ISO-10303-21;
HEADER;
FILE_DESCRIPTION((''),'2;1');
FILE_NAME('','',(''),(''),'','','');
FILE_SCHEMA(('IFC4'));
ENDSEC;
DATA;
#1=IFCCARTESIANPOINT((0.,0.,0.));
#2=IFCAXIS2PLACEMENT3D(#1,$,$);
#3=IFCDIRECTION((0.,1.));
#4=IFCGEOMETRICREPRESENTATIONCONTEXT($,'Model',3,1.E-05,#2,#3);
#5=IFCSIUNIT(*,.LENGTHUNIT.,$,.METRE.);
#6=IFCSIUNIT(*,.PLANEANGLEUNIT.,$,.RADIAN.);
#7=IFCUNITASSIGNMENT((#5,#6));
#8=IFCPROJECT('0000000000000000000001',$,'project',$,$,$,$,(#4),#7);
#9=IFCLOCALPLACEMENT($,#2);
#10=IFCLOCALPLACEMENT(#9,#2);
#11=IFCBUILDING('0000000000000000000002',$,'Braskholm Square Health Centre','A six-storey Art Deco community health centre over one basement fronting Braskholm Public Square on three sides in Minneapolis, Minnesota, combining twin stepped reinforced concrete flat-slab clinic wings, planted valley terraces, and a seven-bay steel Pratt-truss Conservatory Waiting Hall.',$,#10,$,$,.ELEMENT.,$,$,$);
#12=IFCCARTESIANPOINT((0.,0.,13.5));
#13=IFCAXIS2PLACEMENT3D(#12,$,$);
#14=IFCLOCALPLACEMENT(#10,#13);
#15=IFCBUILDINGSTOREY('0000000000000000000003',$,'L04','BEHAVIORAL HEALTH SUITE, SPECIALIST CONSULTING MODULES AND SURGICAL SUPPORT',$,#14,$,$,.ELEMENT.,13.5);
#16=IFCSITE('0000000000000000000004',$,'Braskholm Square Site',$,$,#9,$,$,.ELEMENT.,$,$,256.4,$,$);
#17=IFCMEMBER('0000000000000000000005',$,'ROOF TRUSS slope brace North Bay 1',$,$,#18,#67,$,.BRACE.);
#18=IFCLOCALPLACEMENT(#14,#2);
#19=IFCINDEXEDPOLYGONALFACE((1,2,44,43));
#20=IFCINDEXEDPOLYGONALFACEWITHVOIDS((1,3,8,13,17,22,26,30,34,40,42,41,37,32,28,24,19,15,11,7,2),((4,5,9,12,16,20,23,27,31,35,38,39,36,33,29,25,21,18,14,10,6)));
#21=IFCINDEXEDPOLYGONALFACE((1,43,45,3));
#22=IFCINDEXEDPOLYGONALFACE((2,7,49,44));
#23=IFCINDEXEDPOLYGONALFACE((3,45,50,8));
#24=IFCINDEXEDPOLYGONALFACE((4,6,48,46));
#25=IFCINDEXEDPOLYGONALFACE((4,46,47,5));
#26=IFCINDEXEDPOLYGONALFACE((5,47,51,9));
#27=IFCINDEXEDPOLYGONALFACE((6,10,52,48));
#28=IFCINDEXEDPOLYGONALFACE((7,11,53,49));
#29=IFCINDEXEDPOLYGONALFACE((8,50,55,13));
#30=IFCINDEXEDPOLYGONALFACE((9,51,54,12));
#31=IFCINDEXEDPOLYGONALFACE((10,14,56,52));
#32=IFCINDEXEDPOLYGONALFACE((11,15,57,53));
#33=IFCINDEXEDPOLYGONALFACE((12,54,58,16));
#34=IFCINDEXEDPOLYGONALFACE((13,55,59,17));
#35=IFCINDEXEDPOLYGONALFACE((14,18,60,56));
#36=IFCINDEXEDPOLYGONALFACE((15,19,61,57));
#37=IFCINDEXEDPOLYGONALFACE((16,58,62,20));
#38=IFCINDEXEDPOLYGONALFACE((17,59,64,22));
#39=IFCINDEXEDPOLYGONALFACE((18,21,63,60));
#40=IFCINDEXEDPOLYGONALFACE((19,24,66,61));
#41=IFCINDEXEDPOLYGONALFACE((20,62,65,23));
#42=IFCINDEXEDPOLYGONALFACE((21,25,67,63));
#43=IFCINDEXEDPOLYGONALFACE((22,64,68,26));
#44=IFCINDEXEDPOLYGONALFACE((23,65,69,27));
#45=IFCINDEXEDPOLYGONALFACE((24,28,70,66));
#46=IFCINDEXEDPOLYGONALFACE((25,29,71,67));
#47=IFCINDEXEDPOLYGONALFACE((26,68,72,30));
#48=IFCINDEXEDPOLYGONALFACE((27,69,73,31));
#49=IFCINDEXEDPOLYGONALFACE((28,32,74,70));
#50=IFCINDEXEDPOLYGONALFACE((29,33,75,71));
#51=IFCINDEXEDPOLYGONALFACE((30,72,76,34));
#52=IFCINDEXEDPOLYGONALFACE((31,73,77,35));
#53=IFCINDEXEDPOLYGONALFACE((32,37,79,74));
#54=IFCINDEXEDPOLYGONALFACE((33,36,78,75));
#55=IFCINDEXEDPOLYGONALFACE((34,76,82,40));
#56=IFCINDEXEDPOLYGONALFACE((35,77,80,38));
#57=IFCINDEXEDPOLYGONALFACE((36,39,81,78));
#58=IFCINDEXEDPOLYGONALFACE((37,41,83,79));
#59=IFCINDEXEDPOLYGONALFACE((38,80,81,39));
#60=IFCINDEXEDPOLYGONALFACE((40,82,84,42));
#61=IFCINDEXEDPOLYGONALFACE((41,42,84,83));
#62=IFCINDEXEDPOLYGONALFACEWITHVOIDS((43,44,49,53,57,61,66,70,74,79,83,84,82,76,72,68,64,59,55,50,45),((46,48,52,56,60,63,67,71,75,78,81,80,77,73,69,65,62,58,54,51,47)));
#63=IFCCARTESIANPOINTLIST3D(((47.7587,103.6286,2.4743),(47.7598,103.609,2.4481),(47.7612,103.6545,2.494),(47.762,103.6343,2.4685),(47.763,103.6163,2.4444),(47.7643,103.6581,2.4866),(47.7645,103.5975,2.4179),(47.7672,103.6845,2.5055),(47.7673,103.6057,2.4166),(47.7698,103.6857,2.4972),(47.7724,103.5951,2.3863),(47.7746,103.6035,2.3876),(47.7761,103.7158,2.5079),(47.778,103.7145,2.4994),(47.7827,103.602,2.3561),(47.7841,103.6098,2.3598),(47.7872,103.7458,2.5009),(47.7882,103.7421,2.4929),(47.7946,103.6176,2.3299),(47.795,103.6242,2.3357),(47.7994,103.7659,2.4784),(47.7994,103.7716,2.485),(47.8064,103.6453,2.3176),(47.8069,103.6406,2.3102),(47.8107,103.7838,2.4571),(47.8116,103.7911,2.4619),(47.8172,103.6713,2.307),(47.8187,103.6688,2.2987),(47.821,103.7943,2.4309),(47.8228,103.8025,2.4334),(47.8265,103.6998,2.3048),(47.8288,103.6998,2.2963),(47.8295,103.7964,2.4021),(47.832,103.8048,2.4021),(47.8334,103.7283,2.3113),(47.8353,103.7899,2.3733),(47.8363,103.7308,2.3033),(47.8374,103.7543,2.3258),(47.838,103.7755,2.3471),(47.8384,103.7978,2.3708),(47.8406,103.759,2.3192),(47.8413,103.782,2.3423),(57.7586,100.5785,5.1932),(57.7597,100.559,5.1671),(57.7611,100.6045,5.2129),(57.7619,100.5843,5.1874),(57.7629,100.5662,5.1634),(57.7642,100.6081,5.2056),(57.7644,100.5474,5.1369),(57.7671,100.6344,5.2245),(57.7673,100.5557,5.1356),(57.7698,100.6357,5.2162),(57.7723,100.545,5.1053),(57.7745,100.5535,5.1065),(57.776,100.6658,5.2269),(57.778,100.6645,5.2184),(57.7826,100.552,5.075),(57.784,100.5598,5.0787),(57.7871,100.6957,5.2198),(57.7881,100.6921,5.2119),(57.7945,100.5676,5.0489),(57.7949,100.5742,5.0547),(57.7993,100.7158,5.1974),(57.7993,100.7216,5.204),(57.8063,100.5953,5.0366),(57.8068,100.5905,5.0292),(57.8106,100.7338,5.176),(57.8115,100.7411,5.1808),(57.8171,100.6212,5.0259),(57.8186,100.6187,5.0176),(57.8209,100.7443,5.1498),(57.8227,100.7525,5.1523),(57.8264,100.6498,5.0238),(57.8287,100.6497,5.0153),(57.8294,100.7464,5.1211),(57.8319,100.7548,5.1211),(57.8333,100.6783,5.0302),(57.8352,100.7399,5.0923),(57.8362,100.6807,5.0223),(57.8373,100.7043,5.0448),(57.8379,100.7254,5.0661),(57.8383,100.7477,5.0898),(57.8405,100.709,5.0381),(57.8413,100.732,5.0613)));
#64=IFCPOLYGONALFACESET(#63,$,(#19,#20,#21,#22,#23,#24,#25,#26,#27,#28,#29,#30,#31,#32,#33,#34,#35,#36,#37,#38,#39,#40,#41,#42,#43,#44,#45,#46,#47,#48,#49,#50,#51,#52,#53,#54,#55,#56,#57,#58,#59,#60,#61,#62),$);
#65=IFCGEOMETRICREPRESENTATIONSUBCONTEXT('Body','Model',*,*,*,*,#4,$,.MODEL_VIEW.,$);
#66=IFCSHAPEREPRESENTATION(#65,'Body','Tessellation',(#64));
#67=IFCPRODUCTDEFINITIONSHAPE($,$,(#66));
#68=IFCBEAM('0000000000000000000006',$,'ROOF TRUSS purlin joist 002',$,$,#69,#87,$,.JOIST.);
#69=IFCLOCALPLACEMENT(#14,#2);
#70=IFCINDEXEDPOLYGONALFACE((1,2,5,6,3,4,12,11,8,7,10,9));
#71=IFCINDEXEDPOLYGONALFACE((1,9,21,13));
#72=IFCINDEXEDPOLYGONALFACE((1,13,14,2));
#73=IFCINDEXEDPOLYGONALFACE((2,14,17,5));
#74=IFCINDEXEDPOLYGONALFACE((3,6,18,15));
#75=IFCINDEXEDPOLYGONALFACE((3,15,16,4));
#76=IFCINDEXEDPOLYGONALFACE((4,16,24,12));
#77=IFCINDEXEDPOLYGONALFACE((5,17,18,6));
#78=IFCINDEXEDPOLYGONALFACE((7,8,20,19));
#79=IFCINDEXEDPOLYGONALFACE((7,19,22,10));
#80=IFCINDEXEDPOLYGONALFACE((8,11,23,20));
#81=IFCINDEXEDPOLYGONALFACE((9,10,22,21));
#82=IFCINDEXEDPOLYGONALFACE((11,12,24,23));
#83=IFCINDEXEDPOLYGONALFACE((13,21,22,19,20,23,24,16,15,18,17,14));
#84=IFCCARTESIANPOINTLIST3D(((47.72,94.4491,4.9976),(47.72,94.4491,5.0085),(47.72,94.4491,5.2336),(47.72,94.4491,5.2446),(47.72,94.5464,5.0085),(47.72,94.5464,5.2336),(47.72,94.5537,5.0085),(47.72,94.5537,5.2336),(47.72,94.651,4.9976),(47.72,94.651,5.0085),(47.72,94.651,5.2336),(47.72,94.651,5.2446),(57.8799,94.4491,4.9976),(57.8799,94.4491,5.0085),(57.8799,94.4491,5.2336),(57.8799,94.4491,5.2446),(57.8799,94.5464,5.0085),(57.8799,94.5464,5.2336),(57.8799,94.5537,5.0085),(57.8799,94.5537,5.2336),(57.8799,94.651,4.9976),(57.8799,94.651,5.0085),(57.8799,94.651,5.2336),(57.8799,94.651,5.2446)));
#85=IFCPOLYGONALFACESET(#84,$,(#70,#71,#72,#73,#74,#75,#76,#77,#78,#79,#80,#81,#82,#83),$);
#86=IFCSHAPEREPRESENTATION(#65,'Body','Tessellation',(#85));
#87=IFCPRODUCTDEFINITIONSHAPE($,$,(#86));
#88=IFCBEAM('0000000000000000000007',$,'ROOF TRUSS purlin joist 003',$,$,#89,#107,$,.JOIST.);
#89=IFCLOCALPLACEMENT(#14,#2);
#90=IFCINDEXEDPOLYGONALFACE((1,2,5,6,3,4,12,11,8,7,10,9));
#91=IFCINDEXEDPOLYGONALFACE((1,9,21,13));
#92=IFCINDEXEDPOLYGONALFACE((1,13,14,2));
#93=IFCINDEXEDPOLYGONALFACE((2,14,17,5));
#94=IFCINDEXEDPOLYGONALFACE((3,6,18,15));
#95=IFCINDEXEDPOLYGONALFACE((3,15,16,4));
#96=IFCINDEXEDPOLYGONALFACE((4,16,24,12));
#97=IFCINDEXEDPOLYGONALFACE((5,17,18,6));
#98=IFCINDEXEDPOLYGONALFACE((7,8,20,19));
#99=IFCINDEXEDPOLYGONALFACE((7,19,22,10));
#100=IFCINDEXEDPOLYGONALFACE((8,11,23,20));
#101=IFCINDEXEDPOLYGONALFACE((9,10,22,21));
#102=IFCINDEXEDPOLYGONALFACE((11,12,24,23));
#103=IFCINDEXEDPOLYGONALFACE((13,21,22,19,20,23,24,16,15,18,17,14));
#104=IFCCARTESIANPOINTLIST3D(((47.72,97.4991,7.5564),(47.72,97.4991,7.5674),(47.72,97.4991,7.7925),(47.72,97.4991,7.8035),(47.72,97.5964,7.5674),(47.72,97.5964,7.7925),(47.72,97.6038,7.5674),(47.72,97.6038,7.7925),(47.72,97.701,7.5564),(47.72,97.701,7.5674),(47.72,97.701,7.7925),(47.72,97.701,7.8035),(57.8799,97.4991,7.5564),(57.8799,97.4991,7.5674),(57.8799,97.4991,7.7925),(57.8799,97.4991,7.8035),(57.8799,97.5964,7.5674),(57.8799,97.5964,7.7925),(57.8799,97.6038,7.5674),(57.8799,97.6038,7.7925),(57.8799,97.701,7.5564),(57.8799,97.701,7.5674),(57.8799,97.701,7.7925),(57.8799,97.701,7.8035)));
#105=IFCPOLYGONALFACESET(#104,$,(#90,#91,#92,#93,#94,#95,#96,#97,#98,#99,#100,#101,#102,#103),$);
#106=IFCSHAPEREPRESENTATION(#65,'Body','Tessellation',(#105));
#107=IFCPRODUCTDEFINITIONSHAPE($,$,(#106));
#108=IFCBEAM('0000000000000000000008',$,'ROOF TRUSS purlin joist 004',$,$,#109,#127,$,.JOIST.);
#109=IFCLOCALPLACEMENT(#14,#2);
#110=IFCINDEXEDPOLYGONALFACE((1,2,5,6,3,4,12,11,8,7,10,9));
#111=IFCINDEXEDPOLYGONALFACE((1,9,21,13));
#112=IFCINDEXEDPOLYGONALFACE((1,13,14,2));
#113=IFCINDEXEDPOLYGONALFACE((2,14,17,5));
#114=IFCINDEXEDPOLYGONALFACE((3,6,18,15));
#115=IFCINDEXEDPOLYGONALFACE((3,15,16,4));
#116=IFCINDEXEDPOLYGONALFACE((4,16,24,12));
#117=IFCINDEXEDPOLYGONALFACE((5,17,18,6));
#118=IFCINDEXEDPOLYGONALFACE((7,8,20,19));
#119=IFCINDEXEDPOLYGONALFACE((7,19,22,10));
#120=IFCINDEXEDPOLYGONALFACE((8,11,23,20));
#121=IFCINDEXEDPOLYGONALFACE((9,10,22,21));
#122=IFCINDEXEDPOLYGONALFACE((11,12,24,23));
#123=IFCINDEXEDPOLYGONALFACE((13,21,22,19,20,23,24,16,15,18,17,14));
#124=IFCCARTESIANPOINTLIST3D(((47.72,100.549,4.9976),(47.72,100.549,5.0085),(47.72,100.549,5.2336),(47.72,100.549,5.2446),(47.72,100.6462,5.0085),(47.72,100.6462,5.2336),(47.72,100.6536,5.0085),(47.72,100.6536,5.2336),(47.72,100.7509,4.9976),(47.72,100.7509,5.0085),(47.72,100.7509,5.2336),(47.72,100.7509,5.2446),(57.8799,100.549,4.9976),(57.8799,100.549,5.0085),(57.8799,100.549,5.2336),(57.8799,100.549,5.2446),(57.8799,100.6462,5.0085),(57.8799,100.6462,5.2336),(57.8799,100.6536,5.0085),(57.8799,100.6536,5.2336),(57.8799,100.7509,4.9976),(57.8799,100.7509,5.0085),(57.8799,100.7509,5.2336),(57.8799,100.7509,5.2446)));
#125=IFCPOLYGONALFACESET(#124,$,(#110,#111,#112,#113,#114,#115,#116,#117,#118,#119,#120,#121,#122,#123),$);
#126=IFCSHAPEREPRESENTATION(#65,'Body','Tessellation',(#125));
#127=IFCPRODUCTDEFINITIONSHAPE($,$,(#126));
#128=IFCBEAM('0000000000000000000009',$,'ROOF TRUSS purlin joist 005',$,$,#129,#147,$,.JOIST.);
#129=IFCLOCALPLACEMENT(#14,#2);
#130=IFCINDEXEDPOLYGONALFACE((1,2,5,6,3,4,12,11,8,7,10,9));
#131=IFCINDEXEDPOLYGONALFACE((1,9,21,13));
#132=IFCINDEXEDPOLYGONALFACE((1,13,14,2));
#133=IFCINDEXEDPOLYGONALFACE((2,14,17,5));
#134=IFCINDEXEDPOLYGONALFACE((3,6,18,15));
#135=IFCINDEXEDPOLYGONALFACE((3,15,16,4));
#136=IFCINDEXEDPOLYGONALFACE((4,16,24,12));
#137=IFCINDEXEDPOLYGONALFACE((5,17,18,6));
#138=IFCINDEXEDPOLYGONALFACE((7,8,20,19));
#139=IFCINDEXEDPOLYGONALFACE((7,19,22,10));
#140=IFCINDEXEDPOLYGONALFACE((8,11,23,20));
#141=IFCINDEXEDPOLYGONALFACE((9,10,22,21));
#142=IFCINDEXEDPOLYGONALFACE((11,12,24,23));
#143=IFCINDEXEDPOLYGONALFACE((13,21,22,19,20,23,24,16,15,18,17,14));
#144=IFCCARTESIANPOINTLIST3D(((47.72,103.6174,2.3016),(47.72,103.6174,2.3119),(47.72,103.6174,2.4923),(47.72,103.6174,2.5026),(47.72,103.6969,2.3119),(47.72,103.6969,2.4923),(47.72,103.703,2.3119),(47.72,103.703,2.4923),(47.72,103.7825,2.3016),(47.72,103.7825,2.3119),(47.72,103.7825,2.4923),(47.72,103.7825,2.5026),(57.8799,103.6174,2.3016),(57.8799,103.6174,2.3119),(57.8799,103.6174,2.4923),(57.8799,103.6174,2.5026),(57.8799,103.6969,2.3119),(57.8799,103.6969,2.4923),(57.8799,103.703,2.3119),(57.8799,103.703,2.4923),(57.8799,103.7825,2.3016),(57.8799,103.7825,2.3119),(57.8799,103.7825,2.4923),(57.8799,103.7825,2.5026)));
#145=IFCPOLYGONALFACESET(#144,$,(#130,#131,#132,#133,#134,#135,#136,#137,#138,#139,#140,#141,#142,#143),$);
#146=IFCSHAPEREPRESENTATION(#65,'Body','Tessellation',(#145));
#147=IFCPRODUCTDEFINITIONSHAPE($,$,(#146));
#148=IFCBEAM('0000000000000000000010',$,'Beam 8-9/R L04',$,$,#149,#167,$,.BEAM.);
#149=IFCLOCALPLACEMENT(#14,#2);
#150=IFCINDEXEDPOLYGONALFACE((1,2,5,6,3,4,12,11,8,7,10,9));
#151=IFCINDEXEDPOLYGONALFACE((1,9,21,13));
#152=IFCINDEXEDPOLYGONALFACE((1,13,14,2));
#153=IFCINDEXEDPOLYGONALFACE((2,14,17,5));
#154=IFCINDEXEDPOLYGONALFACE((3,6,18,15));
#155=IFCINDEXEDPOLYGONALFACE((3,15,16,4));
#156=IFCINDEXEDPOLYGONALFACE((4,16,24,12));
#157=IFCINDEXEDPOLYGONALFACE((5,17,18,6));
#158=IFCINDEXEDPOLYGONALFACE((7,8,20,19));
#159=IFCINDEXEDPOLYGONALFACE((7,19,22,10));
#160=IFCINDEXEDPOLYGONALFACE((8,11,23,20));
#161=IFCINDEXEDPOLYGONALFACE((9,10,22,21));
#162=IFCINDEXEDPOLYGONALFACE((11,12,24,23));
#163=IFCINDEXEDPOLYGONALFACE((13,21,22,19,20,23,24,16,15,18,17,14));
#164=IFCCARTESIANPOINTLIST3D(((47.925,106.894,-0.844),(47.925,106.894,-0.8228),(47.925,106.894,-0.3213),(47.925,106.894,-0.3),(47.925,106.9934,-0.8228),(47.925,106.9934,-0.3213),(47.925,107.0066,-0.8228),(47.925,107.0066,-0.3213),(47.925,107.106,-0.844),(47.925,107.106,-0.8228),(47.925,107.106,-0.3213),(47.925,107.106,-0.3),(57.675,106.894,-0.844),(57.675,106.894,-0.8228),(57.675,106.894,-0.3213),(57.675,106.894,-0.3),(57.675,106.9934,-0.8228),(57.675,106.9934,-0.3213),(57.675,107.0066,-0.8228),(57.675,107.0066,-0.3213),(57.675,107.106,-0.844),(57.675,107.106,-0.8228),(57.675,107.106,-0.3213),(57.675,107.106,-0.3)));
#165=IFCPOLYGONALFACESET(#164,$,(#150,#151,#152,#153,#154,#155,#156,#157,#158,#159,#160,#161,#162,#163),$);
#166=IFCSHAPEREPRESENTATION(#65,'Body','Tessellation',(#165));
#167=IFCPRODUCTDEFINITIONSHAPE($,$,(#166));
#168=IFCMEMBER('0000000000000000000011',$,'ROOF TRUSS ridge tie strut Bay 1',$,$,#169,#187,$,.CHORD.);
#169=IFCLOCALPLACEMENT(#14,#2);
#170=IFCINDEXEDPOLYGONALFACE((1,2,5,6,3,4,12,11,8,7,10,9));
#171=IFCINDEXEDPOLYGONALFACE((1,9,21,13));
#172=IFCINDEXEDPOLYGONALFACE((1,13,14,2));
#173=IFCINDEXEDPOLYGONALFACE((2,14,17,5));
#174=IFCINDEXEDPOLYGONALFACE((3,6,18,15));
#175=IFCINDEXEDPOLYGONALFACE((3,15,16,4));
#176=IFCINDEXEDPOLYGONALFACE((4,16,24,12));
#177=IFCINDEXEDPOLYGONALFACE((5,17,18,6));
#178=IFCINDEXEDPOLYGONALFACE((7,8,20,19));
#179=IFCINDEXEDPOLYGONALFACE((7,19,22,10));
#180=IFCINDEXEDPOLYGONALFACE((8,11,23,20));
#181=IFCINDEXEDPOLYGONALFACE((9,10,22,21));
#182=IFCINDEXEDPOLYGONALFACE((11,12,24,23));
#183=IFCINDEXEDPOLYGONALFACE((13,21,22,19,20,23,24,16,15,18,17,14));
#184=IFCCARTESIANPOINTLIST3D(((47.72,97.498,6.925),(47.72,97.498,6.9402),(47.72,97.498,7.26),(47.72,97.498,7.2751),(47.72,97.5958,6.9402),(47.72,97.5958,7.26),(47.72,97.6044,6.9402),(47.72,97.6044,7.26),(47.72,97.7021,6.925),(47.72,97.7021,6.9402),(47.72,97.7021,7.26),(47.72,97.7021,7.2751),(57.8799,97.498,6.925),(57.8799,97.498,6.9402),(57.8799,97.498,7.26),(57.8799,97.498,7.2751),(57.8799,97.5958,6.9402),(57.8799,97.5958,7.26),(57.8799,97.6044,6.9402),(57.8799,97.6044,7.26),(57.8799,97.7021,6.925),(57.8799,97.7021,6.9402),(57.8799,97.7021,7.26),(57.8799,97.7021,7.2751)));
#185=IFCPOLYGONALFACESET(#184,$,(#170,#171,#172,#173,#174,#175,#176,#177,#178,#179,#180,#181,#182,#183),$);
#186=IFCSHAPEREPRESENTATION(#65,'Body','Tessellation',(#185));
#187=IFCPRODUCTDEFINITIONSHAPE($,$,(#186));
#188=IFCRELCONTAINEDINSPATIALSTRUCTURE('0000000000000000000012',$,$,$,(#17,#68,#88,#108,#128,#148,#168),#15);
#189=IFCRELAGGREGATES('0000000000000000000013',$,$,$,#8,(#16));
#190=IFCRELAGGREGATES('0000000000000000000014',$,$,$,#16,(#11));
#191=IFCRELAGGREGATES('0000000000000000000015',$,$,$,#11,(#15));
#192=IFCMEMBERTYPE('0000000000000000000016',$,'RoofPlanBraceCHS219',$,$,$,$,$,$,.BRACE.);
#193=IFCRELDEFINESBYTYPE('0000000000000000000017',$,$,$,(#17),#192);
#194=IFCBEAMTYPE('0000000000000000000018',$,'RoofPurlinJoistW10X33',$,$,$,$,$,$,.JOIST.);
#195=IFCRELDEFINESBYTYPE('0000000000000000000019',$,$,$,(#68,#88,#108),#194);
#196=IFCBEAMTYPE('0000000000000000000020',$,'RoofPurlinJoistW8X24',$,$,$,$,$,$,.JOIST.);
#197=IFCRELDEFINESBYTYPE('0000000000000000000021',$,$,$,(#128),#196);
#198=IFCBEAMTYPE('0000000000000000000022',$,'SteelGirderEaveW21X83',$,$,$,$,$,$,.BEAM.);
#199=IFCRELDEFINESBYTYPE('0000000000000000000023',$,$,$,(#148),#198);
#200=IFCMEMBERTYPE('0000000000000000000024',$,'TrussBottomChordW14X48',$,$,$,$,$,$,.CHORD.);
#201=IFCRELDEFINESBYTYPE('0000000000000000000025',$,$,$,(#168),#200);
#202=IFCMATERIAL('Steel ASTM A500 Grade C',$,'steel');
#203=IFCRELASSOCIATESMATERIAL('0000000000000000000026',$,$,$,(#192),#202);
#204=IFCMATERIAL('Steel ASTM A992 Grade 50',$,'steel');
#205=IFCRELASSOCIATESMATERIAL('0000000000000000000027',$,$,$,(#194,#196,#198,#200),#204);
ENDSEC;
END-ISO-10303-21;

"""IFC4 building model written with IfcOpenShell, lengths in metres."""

from ifc_helpers import new_model, si_unit, direction, frame, origin, origin_2d, place, context, subcontext, project, spatial, hollow_circle, i_section, extrude, material, material_profile, profile_set, type_object, element, save


model = new_model("IFC4")

# Units and contexts
model_context = context("Model", 3, precision=1e-05, world=origin(), true_north=direction((0.0, 1.0)))
body_context = subcontext(model_context, "Body", "Model", "MODEL_VIEW")
ifc_project = project(units=[si_unit("LENGTHUNIT", "METRE"), si_unit("PLANEANGLEUNIT", "RADIAN")], contexts=[model_context])

# Site, building, storey
site_placement = place(None, origin())
site = spatial("IfcSite", under=ifc_project, at=site_placement, Name="Braskholm Square Site", CompositionType="ELEMENT", RefElevation=256.4)
building_placement = place(site_placement, origin())
building = spatial("IfcBuilding", under=site, at=building_placement, Name="Braskholm Square Health Centre", Description="A six-storey Art Deco community health centre over one basement fronting Braskholm Public Square on three sides in Minneapolis, Minnesota, combining twin stepped reinforced concrete flat-slab clinic wings, planted valley terraces, and a seven-bay steel Pratt-truss Conservatory Waiting Hall.", CompositionType="ELEMENT")
storey_placement = place(building_placement, frame((0.0, 0.0, 13.5)))
storey = spatial("IfcBuildingStorey", under=building, at=storey_placement, Name="L04", Description="BEHAVIORAL HEALTH SUITE, SPECIALIST CONSULTING MODULES AND SURGICAL SUPPORT", CompositionType="ELEMENT", Elevation=13.5)

# Member
ifc_material_1 = material(Name="Steel ASTM A500 Grade C", Category="steel")
ifc_material_profile_1 = material_profile(ifc_material_1, hollow_circle(Radius=0.1096, WallThickness=0.0088, at=origin_2d()), Name="HSS8.625X0.375")
ifc_profile_set_1 = profile_set([ifc_material_profile_1], Name="Steel ASTM A500 Grade C")
member_type_1 = type_object("IfcMemberType", Name="RoofPlanBraceCHS219", PredefinedType="BRACE", material=ifc_profile_set_1)
member_1_placement = place(storey_placement, frame((47.8, 103.7, 2.4021), z_axis=(0.925705, -0.282344, 0.251699), x_axis=(0.291737, 0.956499, 0.0)))
element("IfcMember", 1, at=member_1_placement, inside=storey, type_object=member_type_1, Name="ROOF TRUSS slope brace North Bay 1", PredefinedType="BRACE", context=body_context, shape_type="SweptSolid", body=[
    extrude(hollow_circle(Radius=0.1096, WallThickness=0.0088, at=origin_2d()), origin(), (0.0, 0.0, 1.0), 10.8025),
])

# Beams
ifc_material_2 = material(Name="Steel ASTM A992 Grade 50", Category="steel")
ifc_material_profile_2 = material_profile(ifc_material_2, i_section(OverallWidth=0.2019, OverallDepth=0.2471, WebThickness=0.0073, FlangeThickness=0.011, at=origin_2d()), Name="W10X33")
ifc_profile_set_2 = profile_set([ifc_material_profile_2], Name="Steel ASTM A992 Grade 50")
beam_type_1 = type_object("IfcBeamType", Name="RoofPurlinJoistW10X33", PredefinedType="JOIST", material=ifc_profile_set_2)
for number, where, z_axis, x_axis, name in (
    (2, (47.72, 94.55, 5.1211), (1.0, 0.0, 0.0), (0.0, 1.0, 0.0), "ROOF TRUSS purlin joist 002"),
    (3, (47.72, 97.6001, 7.6799), (1.0, 0.0, 0.0), (0.0, 1.0, 0.0), "ROOF TRUSS purlin joist 003"),
    (4, (47.72, 100.6499, 5.1211), (1.0, 0.0, 0.0), (0.0, 1.0, 0.0), "ROOF TRUSS purlin joist 004"),
):
    element("IfcBeam", number, at=place(storey_placement, frame(where, z_axis=z_axis, x_axis=x_axis)), inside=storey, type_object=beam_type_1, Name=name, PredefinedType="JOIST", context=body_context, shape_type="SweptSolid", body=[
        extrude(i_section(OverallWidth=0.2019, OverallDepth=0.2471, WebThickness=0.0073, FlangeThickness=0.011, at=origin_2d()), origin(), (0.0, 0.0, 1.0), 10.1599),
    ])
ifc_material_profile_3 = material_profile(ifc_material_2, i_section(OverallWidth=0.165, OverallDepth=0.2009, WebThickness=0.0061, FlangeThickness=0.0103, at=origin_2d()), Name="W8X24")
ifc_profile_set_3 = profile_set([ifc_material_profile_3], Name="Steel ASTM A992 Grade 50")
beam_type_2 = type_object("IfcBeamType", Name="RoofPurlinJoistW8X24", PredefinedType="JOIST", material=ifc_profile_set_3)
beam_1_placement = place(storey_placement, frame((47.72, 103.7, 2.4021), z_axis=(1.0, 0.0, 0.0), x_axis=(0.0, 1.0, 0.0)))
element("IfcBeam", 5, at=beam_1_placement, inside=storey, type_object=beam_type_2, Name="ROOF TRUSS purlin joist 005", PredefinedType="JOIST", context=body_context, shape_type="SweptSolid", body=[
    extrude(i_section(OverallWidth=0.165, OverallDepth=0.2009, WebThickness=0.0061, FlangeThickness=0.0103, at=origin_2d()), origin(), (0.0, 0.0, 1.0), 10.1599),
])
ifc_material_profile_4 = material_profile(ifc_material_2, i_section(OverallWidth=0.2119, OverallDepth=0.5439, WebThickness=0.0132, FlangeThickness=0.0212, at=origin_2d()), Name="W21X83")
ifc_profile_set_4 = profile_set([ifc_material_profile_4], Name="Steel ASTM A992 Grade 50")
beam_type_3 = type_object("IfcBeamType", Name="SteelGirderEaveW21X83", PredefinedType="BEAM", material=ifc_profile_set_4)
beam_2_placement = place(storey_placement, frame((47.925, 107.0, -0.572), z_axis=(1.0, 0.0, 0.0), x_axis=(0.0, 1.0, 0.0)))
element("IfcBeam", 6, at=beam_2_placement, inside=storey, type_object=beam_type_3, Name="Beam 8-9/R L04", PredefinedType="BEAM", context=body_context, shape_type="SweptSolid", body=[
    extrude(i_section(OverallWidth=0.2119, OverallDepth=0.5439, WebThickness=0.0132, FlangeThickness=0.0212, at=origin_2d()), origin(), (0.0, 0.0, 1.0), 9.75),
])

# Member
ifc_material_profile_5 = material_profile(ifc_material_2, i_section(OverallWidth=0.2041, OverallDepth=0.3501, WebThickness=0.0085, FlangeThickness=0.0151, at=origin_2d()), Name="W14X48")
ifc_profile_set_5 = profile_set([ifc_material_profile_5], Name="Steel ASTM A992 Grade 50")
member_type_2 = type_object("IfcMemberType", Name="TrussBottomChordW14X48", PredefinedType="CHORD", material=ifc_profile_set_5)
member_2_placement = place(storey_placement, frame((47.72, 97.6001, 7.1001), z_axis=(1.0, 0.0, 0.0), x_axis=(0.0, 1.0, 0.0)))
element("IfcMember", 7, at=member_2_placement, inside=storey, type_object=member_type_2, Name="ROOF TRUSS ridge tie strut Bay 1", PredefinedType="CHORD", context=body_context, shape_type="SweptSolid", body=[
    extrude(i_section(OverallWidth=0.2041, OverallDepth=0.3501, WebThickness=0.0085, FlangeThickness=0.0151, at=origin_2d()), origin(), (0.0, 0.0, 1.0), 10.1599),
])

save(model, "model.ifc")
